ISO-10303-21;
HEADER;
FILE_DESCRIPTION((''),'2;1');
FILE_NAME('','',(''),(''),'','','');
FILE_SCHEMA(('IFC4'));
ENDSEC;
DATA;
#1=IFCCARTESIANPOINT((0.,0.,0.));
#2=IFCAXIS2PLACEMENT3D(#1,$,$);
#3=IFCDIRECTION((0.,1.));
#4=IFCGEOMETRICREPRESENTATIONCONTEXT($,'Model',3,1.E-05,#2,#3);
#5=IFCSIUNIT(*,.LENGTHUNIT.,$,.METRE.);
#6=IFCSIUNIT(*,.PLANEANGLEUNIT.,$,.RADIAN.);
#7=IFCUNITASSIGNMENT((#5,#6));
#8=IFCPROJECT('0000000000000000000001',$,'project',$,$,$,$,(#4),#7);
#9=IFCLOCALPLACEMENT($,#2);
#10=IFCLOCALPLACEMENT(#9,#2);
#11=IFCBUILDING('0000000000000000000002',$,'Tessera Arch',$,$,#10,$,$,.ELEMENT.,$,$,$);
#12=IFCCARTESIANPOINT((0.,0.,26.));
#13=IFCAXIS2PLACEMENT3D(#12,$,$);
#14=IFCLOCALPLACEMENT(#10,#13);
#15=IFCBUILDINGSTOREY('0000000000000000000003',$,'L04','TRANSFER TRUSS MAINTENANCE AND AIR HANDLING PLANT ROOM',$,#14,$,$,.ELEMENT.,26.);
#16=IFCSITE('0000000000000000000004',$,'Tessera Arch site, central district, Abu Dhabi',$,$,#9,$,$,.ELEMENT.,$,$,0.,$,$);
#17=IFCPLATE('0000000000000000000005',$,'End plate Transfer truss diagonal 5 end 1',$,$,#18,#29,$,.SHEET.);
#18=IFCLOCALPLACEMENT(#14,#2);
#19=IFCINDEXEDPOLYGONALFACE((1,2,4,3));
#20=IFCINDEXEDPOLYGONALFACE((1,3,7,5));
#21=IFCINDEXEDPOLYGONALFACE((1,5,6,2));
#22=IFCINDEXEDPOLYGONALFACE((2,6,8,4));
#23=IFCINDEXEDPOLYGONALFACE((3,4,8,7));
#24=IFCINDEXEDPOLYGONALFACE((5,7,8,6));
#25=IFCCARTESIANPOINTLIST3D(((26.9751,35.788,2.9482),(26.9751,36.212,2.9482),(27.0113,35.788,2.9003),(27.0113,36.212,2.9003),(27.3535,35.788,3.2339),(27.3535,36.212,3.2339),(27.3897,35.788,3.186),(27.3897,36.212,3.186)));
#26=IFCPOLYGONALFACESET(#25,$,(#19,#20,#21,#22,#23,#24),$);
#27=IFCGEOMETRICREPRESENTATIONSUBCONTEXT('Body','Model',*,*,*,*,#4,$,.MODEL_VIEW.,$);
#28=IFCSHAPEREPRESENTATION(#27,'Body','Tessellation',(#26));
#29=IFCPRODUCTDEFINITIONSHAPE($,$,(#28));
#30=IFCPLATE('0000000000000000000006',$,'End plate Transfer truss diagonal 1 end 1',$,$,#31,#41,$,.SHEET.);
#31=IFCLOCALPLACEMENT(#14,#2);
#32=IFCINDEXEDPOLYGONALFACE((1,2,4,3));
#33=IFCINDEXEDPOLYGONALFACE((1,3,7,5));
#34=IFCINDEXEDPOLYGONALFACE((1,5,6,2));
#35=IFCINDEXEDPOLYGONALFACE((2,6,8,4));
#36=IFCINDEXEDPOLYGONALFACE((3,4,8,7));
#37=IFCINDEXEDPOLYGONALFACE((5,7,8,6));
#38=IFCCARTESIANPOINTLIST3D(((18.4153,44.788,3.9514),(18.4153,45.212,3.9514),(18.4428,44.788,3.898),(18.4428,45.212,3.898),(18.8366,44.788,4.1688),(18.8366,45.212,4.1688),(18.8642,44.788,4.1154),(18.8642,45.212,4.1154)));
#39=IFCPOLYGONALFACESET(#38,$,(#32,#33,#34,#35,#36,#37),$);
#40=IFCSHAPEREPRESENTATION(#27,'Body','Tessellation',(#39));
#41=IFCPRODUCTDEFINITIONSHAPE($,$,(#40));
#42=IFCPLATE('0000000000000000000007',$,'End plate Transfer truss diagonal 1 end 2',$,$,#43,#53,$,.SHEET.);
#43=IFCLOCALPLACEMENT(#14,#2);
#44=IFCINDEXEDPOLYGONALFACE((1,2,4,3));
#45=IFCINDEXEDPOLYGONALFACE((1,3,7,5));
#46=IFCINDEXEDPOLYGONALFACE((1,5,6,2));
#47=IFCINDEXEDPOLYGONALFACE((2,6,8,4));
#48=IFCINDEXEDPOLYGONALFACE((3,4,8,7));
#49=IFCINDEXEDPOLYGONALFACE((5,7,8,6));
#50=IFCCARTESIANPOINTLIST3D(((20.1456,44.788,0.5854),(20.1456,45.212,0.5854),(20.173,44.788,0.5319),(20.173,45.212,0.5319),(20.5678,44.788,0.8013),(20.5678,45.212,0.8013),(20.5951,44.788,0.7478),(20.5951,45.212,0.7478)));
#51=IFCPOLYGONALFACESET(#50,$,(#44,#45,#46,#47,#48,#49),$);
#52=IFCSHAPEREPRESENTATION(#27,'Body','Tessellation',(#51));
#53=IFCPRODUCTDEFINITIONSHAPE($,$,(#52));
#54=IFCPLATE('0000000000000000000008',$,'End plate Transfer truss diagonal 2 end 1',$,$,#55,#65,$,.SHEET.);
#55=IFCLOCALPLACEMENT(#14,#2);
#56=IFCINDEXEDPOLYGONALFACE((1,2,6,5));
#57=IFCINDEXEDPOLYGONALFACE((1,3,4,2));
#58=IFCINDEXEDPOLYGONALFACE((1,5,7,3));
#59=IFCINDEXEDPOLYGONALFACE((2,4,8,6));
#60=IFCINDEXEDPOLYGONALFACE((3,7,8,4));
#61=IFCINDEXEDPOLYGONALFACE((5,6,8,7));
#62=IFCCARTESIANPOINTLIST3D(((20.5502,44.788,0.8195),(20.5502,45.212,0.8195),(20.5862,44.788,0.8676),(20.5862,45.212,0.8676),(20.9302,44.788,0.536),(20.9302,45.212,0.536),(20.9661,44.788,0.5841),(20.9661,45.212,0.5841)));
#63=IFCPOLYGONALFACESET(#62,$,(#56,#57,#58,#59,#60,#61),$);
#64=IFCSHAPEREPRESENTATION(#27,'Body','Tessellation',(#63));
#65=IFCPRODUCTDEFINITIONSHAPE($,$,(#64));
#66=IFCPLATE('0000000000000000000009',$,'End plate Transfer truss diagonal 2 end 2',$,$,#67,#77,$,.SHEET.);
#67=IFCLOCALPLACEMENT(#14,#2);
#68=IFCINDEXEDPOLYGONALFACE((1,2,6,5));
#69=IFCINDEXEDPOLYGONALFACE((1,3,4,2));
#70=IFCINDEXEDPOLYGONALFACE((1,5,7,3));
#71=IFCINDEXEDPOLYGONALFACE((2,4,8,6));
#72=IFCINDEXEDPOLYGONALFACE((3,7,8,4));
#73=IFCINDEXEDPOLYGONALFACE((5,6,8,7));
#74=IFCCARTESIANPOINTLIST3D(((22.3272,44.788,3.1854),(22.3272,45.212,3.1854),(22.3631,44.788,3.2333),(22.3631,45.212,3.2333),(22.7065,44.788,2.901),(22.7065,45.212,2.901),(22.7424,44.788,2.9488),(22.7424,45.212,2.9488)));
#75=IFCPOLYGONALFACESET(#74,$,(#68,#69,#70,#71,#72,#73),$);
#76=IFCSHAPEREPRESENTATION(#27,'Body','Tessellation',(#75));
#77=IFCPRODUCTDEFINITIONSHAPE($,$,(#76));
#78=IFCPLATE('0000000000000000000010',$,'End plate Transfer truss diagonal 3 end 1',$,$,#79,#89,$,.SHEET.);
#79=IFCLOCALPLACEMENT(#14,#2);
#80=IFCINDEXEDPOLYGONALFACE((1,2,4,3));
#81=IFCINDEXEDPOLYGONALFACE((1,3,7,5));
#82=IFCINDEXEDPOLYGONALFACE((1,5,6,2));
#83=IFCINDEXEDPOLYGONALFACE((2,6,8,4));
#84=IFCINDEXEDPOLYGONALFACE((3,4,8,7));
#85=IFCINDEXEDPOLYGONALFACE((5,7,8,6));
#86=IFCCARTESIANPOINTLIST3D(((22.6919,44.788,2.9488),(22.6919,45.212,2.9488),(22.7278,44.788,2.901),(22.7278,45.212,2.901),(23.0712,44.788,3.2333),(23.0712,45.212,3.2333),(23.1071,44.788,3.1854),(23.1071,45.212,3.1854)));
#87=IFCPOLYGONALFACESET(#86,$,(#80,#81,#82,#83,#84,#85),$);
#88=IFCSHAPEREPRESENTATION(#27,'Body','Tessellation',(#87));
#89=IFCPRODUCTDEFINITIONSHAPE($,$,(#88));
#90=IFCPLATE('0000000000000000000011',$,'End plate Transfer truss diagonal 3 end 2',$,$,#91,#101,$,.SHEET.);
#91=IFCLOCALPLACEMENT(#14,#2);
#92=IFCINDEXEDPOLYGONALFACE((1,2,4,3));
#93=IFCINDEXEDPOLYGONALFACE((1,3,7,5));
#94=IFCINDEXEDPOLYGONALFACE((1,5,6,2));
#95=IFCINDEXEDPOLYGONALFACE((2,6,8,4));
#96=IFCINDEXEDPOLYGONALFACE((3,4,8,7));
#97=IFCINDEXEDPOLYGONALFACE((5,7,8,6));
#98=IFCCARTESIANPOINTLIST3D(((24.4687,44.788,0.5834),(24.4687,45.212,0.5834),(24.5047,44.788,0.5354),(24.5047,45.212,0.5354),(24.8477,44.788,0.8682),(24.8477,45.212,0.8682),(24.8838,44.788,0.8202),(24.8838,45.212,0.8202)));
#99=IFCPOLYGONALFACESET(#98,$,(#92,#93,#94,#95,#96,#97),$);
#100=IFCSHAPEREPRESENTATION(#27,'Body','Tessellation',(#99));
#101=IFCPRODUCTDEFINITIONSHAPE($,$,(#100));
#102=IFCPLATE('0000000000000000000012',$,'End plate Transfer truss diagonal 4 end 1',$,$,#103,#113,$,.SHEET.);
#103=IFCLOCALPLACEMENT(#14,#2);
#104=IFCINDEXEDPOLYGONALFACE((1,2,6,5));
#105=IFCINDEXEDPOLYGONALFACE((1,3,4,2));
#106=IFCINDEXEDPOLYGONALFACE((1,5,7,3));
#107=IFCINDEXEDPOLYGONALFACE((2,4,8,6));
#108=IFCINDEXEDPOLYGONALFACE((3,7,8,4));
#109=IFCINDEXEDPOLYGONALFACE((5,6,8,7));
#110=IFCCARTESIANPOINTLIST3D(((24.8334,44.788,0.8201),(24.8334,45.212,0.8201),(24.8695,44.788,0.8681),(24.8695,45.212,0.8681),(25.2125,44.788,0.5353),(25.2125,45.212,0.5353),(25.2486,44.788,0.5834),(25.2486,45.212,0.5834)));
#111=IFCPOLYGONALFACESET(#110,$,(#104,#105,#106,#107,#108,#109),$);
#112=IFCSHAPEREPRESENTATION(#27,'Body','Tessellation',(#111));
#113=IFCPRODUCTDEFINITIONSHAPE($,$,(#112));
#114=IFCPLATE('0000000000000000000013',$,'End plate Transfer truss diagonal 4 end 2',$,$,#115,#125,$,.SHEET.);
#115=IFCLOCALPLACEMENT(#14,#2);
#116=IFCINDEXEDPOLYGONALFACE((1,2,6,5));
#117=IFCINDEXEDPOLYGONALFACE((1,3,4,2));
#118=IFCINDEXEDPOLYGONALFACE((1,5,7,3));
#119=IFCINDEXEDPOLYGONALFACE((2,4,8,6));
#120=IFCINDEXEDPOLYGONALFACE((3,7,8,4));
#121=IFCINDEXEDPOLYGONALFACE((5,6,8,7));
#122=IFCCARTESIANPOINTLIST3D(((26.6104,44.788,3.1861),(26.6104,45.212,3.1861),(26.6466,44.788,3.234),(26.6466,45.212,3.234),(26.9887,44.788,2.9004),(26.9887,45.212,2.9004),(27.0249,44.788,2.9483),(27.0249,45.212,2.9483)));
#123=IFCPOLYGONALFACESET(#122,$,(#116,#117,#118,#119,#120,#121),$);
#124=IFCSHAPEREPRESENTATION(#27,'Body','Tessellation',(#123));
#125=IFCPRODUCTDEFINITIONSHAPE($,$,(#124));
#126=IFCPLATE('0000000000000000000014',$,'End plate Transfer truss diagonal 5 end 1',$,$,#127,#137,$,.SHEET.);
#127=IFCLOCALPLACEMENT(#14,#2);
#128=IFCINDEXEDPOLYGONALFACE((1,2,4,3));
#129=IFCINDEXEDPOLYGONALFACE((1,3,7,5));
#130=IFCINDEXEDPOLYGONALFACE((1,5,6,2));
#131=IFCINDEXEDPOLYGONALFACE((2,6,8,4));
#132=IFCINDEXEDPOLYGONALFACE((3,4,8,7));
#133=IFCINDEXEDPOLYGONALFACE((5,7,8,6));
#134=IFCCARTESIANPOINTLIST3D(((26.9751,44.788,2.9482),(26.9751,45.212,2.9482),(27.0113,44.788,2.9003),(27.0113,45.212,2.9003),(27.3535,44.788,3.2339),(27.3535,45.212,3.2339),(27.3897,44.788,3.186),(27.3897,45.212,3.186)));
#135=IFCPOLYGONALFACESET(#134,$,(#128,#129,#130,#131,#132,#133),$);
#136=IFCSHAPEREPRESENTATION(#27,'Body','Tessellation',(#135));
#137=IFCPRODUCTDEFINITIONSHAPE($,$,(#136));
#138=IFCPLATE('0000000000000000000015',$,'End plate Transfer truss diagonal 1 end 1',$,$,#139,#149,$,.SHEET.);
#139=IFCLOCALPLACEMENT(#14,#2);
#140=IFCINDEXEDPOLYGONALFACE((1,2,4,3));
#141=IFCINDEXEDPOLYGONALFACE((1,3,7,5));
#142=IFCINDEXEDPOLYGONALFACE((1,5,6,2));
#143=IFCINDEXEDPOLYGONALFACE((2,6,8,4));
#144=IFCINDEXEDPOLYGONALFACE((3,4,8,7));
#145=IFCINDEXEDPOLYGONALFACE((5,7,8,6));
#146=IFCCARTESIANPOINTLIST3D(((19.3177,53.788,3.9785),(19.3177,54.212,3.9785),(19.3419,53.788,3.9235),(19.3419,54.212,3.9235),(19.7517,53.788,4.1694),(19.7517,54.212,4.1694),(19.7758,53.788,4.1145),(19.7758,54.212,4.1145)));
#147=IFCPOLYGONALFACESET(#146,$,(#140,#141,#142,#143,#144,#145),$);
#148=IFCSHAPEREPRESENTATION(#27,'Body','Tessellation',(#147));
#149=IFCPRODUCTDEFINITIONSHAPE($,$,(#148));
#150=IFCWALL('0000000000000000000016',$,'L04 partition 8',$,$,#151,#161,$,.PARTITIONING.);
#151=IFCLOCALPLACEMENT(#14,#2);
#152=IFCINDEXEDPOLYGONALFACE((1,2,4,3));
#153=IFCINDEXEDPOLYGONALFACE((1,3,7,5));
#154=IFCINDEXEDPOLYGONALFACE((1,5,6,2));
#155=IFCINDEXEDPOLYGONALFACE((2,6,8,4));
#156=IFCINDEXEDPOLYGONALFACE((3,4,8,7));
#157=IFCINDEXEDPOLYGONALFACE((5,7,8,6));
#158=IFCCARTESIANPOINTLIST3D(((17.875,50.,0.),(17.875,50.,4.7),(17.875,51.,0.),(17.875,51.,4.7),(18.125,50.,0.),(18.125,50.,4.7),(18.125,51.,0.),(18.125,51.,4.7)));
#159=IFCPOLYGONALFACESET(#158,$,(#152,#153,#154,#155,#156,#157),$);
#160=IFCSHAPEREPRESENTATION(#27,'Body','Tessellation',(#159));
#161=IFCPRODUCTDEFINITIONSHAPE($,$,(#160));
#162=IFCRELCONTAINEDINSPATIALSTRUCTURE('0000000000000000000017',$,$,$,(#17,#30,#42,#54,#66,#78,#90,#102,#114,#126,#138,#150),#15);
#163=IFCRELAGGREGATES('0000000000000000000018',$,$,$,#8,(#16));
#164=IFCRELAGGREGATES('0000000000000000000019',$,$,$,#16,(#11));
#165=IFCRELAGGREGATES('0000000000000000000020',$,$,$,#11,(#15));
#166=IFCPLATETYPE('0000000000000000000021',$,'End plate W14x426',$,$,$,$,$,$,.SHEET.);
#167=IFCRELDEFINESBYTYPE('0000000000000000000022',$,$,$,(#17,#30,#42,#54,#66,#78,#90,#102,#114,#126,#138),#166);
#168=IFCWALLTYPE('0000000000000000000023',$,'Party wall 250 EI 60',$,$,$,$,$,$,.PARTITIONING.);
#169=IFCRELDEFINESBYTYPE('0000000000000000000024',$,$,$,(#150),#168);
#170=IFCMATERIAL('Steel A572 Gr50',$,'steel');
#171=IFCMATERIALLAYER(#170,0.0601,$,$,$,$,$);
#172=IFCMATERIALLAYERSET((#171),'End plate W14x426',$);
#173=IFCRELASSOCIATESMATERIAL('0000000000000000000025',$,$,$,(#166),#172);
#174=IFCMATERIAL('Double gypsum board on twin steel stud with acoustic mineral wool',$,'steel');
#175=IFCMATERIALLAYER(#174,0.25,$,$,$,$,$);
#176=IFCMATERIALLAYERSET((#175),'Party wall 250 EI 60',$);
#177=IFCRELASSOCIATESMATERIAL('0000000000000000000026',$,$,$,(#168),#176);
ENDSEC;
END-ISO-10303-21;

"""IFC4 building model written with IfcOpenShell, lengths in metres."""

from ifc_helpers import new_model, si_unit, direction, frame, frame_2d, origin, origin_2d, place, context, subcontext, project, spatial, rectangle, extrude, material, layer, layer_set, type_object, element, save


model = new_model("IFC4")

# Units and contexts
model_context = context("Model", 3, precision=1e-05, world=origin(), true_north=direction((0.0, 1.0)))
body_context = subcontext(model_context, "Body", "Model", "MODEL_VIEW")
ifc_project = project(units=[si_unit("LENGTHUNIT", "METRE"), si_unit("PLANEANGLEUNIT", "RADIAN")], contexts=[model_context])

# Site, building, storey
site_placement = place(None, origin())
site = spatial("IfcSite", under=ifc_project, at=site_placement, Name="Tessera Arch site, central district, Abu Dhabi", CompositionType="ELEMENT", RefElevation=0.0)
building_placement = place(site_placement, origin())
building = spatial("IfcBuilding", under=site, at=building_placement, Name="Tessera Arch", CompositionType="ELEMENT")
storey_placement = place(building_placement, frame((0.0, 0.0, 26.0)))
storey = spatial("IfcBuildingStorey", under=building, at=storey_placement, Name="L04", Description="TRANSFER TRUSS MAINTENANCE AND AIR HANDLING PLANT ROOM", CompositionType="ELEMENT", Elevation=26.0)

# Plates
ifc_material_1 = material(Name="Steel A572 Gr50", Category="steel")
ifc_layer_1 = layer(ifc_material_1, 0.0601)
ifc_layer_set_1 = layer_set([ifc_layer_1], Name="End plate W14x426")
plate_type_1 = type_object("IfcPlateType", Name="End plate W14x426", PredefinedType="SHEET", material=ifc_layer_set_1)
for number, where, z_axis, x_axis, name in (
    (1, (27.1643, 36.0, 3.0911), (0.602603, 0.0, -0.798041), (0.0, 1.0, 0.0), "End plate Transfer truss diagonal 5 end 1"),
    (2, (18.626, 45.0, 4.0601), (0.45854, 0.0, -0.888674), (0.0, 1.0, 0.0), "End plate Transfer truss diagonal 1 end 1"),
    (3, (20.3567, 45.0, 0.6934), (0.455326, 0.0, -0.890325), (0.0, 1.0, 0.0), "End plate Transfer truss diagonal 1 end 2"),
    (4, (20.7402, 45.0, 0.6777), (0.598045, 0.0, 0.801462), (0.0, 1.0, 0.0), "End plate Transfer truss diagonal 2 end 1"),
):
    element("IfcPlate", number, at=place(storey_placement, frame(where, z_axis=z_axis, x_axis=x_axis)), inside=storey, type_object=plate_type_1, Name=name, PredefinedType="SHEET", context=body_context, shape_type="SweptSolid", body=[
        extrude(rectangle(XDim=0.4241, YDim=0.4741, at=origin_2d()), origin(), (0.0, 0.0, 1.0), 0.0601),
    ])
for number, where, z_axis, x_axis, name in (
    (5, (22.5168, 45.0, 3.0432), (0.6, 0.0, 0.8), (0.0, 1.0, 0.0), "End plate Transfer truss diagonal 2 end 2"),
    (6, (22.8816, 45.0, 3.0911), (0.6, 0.0, -0.8), (0.0, 1.0, 0.0), "End plate Transfer truss diagonal 3 end 1"),
):
    element("IfcPlate", number, at=place(storey_placement, frame(where, z_axis=z_axis, x_axis=x_axis)), inside=storey, type_object=plate_type_1, Name=name, PredefinedType="SHEET", context=body_context, shape_type="SweptSolid", body=[
        extrude(rectangle(XDim=0.4241, YDim=0.4741, at=origin_2d()), origin(), (0.0, 0.0, 1.0), 0.0598),
    ])
for number, where, z_axis, x_axis, name in (
    (7, (24.6582, 45.0, 0.7258), (0.600649, 0.0, -0.799513), (0.0, 1.0, 0.0), "End plate Transfer truss diagonal 3 end 2"),
    (8, (25.0229, 45.0, 0.6777), (0.600649, 0.0, 0.799513), (0.0, 1.0, 0.0), "End plate Transfer truss diagonal 4 end 1"),
    (9, (26.7996, 45.0, 3.0432), (0.602603, 0.0, 0.798041), (0.0, 1.0, 0.0), "End plate Transfer truss diagonal 4 end 2"),
    (10, (27.1643, 45.0, 3.0911), (0.602603, 0.0, -0.798041), (0.0, 1.0, 0.0), "End plate Transfer truss diagonal 5 end 1"),
    (11, (19.5347, 54.0, 4.074), (0.402739, 0.0, -0.915315), (0.0, 1.0, 0.0), "End plate Transfer truss diagonal 1 end 1"),
):
    element("IfcPlate", number, at=place(storey_placement, frame(where, z_axis=z_axis, x_axis=x_axis)), inside=storey, type_object=plate_type_1, Name=name, PredefinedType="SHEET", context=body_context, shape_type="SweptSolid", body=[
        extrude(rectangle(XDim=0.4241, YDim=0.4741, at=origin_2d()), origin(), (0.0, 0.0, 1.0), 0.0601),
    ])

# Wall
ifc_material_2 = material(Name="Double gypsum board on twin steel stud with acoustic mineral wool", Category="steel")
ifc_layer_2 = layer(ifc_material_2, 0.25)
ifc_layer_set_2 = layer_set([ifc_layer_2], Name="Party wall 250 EI 60")
wall_type = type_object("IfcWallType", Name="Party wall 250 EI 60", PredefinedType="PARTITIONING", material=ifc_layer_set_2)
wall_placement = place(storey_placement, frame((18.0, 50.0, 0.0), z_axis=(0.0, 0.0, 1.0), x_axis=(0.0, 1.0, 0.0)))
element("IfcWall", 12, at=wall_placement, inside=storey, type_object=wall_type, Name="L04 partition 8", PredefinedType="PARTITIONING", context=body_context, shape_type="SweptSolid", body=[
    extrude(rectangle(XDim=1.0, YDim=0.25, at=frame_2d((0.5, 0.0))), origin(), (0.0, 0.0, 1.0), 4.7),
])

save(model, "model.ifc")
